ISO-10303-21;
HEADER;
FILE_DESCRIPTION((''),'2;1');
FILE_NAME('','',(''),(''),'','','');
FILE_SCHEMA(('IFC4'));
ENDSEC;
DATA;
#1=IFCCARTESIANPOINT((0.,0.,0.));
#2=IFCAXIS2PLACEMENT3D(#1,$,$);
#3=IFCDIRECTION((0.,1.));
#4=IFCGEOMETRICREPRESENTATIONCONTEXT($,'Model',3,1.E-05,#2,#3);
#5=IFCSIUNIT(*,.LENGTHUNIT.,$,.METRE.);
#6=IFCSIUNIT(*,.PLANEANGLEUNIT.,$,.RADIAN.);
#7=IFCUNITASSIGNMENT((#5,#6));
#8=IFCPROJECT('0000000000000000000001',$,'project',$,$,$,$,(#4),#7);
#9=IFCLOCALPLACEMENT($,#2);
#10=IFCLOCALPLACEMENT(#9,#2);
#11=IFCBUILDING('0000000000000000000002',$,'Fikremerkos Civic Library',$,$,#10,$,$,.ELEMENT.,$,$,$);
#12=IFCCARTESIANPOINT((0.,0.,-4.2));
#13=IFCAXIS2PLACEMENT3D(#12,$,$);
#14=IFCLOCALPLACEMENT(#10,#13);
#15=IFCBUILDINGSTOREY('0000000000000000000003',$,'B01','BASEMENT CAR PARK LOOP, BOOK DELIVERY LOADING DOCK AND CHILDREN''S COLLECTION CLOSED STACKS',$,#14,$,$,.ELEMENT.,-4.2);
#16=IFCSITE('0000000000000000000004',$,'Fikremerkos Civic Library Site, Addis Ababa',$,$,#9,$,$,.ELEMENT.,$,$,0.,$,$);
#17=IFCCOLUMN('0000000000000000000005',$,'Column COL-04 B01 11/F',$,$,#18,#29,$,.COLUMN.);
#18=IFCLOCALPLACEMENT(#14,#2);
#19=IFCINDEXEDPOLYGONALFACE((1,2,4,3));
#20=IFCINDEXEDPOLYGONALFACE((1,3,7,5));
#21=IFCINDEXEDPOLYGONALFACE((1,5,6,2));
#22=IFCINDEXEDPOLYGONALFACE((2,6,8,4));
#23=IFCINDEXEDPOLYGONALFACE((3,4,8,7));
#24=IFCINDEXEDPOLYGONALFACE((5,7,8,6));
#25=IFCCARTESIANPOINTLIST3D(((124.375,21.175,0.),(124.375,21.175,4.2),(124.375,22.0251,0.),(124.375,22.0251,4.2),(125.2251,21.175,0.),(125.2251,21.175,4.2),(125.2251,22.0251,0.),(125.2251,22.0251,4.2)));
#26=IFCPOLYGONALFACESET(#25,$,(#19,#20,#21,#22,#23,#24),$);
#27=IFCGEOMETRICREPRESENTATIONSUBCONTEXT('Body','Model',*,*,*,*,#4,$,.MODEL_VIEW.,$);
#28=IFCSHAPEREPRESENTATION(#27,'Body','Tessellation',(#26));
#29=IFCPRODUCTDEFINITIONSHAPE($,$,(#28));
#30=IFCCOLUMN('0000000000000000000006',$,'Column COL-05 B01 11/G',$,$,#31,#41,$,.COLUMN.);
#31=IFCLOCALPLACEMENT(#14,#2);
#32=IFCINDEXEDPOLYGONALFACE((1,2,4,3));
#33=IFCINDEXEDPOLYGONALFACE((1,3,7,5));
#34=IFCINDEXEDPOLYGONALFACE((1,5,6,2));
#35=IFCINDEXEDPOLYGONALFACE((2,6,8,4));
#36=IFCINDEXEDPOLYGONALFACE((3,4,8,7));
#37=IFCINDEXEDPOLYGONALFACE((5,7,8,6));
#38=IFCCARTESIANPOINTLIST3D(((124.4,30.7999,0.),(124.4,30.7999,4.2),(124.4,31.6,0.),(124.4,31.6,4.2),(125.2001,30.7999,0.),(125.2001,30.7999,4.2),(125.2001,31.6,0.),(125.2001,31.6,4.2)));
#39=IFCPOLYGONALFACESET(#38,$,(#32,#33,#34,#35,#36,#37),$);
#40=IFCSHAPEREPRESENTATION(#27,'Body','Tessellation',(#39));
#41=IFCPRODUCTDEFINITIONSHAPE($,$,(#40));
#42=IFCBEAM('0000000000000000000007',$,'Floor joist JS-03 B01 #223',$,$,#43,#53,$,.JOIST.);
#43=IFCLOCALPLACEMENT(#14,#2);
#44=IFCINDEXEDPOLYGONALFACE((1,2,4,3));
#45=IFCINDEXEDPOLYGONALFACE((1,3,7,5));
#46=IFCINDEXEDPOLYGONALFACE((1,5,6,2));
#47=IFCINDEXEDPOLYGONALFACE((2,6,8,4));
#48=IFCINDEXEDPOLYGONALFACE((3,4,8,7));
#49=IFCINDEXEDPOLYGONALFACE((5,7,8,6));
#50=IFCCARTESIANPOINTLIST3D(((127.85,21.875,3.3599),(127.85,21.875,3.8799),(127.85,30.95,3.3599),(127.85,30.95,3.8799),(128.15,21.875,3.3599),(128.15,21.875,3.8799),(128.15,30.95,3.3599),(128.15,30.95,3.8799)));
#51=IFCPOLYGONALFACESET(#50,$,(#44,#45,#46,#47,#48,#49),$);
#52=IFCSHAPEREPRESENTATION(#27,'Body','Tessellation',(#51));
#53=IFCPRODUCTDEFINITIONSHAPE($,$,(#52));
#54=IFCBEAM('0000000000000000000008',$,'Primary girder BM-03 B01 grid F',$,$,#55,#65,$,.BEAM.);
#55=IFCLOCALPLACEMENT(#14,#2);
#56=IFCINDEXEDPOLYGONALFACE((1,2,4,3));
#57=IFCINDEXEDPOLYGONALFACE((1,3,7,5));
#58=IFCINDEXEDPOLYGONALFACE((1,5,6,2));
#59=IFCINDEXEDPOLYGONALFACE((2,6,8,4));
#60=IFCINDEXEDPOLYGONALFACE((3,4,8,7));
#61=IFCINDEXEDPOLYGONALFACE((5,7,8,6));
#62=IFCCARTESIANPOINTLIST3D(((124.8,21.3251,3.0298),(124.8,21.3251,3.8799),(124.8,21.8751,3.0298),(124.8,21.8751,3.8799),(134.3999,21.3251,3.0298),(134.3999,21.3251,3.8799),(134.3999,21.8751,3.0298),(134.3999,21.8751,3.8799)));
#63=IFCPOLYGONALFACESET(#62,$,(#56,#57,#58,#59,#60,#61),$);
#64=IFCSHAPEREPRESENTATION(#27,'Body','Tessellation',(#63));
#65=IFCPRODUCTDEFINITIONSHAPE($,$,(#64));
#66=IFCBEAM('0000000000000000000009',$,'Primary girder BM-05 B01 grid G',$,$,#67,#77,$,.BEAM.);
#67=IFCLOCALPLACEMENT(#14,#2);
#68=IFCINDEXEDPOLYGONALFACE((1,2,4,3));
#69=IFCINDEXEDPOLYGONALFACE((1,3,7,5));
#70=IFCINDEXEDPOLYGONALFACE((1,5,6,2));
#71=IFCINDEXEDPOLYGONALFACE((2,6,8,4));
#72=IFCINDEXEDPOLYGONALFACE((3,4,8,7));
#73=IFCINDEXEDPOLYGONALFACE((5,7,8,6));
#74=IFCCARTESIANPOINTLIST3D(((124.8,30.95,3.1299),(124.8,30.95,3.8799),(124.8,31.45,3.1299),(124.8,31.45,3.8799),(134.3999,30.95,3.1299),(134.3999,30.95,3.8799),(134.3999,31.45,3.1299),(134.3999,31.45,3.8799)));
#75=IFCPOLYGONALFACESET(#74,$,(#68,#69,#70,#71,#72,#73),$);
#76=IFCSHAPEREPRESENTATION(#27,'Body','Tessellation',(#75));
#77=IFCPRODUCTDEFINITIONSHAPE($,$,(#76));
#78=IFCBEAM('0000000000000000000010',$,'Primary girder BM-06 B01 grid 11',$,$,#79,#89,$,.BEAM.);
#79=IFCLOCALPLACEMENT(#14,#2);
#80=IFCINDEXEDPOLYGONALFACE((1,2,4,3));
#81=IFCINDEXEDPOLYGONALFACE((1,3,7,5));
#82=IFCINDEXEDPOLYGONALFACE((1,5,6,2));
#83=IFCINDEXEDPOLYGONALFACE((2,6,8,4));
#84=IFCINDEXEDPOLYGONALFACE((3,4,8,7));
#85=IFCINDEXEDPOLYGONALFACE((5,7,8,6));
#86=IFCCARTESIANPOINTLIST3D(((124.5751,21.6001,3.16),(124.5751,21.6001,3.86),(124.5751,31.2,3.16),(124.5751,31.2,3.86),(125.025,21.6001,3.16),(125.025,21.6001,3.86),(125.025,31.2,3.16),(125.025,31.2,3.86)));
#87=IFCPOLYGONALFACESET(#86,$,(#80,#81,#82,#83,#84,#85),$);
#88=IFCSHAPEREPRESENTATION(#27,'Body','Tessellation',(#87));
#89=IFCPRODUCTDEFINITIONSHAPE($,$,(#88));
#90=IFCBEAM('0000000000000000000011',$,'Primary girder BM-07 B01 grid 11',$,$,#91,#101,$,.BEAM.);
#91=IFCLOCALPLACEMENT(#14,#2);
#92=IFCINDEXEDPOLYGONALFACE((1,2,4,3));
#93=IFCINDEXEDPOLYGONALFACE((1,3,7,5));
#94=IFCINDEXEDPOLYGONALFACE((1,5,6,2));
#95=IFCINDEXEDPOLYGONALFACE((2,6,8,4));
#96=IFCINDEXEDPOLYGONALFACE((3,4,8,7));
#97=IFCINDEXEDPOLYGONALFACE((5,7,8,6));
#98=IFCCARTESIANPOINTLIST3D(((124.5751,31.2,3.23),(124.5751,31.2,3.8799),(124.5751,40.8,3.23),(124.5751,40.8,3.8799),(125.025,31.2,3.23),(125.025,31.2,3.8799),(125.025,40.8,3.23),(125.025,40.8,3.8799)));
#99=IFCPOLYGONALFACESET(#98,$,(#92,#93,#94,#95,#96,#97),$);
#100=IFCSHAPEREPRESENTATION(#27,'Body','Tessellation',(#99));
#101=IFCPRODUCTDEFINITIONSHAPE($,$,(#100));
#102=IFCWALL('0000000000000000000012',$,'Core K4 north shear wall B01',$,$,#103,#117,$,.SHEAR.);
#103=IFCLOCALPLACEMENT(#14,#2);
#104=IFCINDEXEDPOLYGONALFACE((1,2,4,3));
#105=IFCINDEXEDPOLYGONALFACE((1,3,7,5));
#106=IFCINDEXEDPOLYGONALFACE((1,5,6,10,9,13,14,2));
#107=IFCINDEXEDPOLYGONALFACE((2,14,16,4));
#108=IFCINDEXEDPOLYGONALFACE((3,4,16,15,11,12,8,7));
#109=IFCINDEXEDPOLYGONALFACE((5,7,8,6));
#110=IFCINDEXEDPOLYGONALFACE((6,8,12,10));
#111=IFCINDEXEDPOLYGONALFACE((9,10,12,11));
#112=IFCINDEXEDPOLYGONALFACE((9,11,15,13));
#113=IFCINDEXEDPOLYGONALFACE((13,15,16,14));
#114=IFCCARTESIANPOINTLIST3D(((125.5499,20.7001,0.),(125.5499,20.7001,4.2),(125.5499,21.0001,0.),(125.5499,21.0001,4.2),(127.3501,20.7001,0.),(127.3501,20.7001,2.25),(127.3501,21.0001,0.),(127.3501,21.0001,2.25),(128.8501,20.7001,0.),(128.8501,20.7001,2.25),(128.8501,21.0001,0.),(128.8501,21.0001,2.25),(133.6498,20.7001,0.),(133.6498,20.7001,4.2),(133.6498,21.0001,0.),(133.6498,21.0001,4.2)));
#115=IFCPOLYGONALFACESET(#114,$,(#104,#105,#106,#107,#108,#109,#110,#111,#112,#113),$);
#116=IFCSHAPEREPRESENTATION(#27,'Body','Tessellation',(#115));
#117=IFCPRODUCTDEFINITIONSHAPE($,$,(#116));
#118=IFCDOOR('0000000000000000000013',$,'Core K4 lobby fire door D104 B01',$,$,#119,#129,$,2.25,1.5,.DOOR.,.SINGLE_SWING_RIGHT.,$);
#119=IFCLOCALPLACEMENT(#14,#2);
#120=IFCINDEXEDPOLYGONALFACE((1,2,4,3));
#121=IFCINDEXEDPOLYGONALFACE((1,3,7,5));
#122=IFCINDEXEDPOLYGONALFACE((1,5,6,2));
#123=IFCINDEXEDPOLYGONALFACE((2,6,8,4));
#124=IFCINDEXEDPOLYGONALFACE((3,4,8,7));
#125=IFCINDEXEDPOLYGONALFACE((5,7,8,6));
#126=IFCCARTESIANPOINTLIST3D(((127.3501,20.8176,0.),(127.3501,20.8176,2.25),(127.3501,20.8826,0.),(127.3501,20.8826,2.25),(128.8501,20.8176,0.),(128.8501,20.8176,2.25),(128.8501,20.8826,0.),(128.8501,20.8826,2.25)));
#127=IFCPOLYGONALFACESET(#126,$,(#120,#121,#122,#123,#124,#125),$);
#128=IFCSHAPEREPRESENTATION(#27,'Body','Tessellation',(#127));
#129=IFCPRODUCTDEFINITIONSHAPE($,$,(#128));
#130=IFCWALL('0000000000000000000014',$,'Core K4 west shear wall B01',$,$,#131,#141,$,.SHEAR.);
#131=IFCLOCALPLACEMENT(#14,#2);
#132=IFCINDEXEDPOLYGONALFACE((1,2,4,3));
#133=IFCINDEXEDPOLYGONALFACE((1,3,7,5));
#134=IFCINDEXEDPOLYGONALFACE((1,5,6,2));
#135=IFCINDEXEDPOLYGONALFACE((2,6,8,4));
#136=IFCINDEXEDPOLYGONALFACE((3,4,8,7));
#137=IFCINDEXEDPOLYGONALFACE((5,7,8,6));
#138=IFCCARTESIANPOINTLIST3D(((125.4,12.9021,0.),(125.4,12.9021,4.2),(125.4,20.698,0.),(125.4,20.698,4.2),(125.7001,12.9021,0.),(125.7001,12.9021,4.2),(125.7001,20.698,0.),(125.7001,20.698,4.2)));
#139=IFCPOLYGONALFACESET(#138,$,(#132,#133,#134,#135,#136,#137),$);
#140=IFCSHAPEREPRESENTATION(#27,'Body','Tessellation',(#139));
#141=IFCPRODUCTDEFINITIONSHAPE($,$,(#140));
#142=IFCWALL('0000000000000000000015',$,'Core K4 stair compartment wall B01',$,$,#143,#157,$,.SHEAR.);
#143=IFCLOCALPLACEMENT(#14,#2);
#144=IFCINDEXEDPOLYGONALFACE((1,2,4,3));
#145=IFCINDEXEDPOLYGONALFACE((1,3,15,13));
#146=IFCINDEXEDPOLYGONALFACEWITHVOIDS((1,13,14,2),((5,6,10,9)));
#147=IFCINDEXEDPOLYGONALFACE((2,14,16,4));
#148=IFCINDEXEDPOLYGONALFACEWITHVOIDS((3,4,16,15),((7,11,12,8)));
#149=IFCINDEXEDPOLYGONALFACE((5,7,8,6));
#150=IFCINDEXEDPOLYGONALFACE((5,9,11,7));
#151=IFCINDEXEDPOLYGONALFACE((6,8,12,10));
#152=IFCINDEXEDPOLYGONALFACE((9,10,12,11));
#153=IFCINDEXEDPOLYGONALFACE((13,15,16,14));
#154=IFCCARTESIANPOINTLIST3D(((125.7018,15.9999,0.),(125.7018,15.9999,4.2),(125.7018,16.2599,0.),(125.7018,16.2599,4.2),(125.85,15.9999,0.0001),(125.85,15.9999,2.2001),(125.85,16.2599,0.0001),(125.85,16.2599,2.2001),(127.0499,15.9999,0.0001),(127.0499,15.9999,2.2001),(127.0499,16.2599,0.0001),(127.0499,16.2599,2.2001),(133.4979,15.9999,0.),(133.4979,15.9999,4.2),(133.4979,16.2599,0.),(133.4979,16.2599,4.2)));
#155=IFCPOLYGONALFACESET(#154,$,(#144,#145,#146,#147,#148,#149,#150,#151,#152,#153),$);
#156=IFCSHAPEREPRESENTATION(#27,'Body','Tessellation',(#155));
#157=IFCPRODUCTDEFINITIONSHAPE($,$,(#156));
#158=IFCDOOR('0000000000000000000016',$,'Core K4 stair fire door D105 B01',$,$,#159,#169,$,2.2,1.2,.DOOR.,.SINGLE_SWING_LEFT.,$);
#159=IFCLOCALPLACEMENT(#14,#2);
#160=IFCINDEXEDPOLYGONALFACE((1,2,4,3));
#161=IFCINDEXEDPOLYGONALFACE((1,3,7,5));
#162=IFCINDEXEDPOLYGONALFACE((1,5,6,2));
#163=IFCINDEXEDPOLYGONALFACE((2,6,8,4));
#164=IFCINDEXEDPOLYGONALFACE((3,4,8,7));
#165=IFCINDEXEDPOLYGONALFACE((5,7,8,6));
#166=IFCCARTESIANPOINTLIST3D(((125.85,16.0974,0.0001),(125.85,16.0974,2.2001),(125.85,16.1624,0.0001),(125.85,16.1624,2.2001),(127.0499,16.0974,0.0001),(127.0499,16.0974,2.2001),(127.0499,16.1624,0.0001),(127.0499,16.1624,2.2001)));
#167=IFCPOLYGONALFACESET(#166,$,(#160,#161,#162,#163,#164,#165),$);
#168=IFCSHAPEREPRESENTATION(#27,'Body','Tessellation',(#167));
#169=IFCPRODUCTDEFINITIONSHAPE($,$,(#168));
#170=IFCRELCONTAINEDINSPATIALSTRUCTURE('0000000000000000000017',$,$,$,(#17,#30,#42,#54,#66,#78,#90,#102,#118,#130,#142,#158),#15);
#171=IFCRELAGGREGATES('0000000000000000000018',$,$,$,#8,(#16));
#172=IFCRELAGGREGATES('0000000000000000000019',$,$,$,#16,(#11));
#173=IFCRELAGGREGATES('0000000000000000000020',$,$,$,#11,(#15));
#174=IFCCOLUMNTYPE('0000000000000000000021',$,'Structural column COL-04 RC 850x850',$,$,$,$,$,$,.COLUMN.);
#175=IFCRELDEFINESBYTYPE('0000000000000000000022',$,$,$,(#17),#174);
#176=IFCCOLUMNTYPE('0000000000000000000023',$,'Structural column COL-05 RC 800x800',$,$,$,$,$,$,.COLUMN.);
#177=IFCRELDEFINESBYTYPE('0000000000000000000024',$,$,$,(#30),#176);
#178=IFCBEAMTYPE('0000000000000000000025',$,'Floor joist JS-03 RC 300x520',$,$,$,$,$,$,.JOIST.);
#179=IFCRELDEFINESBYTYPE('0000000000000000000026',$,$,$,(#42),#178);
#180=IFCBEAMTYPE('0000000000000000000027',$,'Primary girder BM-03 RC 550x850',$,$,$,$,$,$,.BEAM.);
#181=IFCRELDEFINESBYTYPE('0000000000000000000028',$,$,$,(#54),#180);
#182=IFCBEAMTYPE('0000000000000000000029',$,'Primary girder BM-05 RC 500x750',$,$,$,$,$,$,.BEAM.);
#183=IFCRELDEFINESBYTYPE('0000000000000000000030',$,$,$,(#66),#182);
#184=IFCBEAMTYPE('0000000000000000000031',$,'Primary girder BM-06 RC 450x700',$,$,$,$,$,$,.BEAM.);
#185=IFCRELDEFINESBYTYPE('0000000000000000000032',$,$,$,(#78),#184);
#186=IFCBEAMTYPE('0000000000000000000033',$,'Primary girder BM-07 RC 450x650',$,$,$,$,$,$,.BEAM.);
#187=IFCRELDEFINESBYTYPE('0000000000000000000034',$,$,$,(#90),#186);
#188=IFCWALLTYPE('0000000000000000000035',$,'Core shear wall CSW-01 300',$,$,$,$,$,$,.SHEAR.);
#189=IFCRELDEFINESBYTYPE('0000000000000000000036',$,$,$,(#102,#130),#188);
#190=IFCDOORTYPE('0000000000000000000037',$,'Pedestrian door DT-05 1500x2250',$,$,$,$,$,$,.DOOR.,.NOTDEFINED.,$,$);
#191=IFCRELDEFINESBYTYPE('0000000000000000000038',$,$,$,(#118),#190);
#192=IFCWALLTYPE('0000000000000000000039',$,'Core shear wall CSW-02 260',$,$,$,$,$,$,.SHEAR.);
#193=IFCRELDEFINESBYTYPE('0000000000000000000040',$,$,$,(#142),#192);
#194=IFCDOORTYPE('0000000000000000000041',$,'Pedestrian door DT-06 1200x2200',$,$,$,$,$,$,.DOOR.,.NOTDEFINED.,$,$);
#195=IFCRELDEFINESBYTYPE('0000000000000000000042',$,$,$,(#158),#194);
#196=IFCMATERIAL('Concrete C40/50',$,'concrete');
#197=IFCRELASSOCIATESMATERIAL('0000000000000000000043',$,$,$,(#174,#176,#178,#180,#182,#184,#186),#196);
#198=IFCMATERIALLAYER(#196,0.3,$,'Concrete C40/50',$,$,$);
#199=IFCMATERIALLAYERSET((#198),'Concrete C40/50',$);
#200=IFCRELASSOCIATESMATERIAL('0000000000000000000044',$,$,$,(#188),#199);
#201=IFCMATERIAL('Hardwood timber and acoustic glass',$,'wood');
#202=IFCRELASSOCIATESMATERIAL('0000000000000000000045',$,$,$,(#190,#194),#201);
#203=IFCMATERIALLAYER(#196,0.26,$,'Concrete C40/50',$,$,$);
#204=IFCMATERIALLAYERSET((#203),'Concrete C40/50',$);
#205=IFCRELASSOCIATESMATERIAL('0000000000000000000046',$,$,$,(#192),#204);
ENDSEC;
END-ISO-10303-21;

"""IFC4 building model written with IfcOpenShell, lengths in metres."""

from ifc_helpers import new_model, si_unit, direction, frame, frame_2d, origin, origin_2d, place, context, subcontext, project, spatial, rectangle, extrude, material, layer, layer_set, material_profile, profile_set, type_object, element, fill, save


model = new_model("IFC4")

# Units and contexts
model_context = context("Model", 3, precision=1e-05, world=origin(), true_north=direction((0.0, 1.0)))
body_context = subcontext(model_context, "Body", "Model", "MODEL_VIEW")
ifc_project = project(units=[si_unit("LENGTHUNIT", "METRE"), si_unit("PLANEANGLEUNIT", "RADIAN")], contexts=[model_context])

# Site, building, storey
site_placement = place(None, origin())
site = spatial("IfcSite", under=ifc_project, at=site_placement, Name="Fikremerkos Civic Library Site, Addis Ababa", CompositionType="ELEMENT", RefElevation=0.0)
building_placement = place(site_placement, origin())
building = spatial("IfcBuilding", under=site, at=building_placement, Name="Fikremerkos Civic Library", CompositionType="ELEMENT")
storey_placement = place(building_placement, frame((0.0, 0.0, -4.2)))
storey = spatial("IfcBuildingStorey", under=building, at=storey_placement, Name="B01", Description="BASEMENT CAR PARK LOOP, BOOK DELIVERY LOADING DOCK AND CHILDREN'S COLLECTION CLOSED STACKS", CompositionType="ELEMENT", Elevation=-4.2)

# Columns
ifc_material_1 = material(Name="Concrete C40/50", Category="concrete")
ifc_material_profile_1 = material_profile(ifc_material_1, rectangle(XDim=0.8501, YDim=0.8501, at=origin_2d()), Name="RC 850x850")
ifc_profile_set_1 = profile_set([ifc_material_profile_1], Name="Concrete C40/50")
column_type_1 = type_object("IfcColumnType", Name="Structural column COL-04 RC 850x850", PredefinedType="COLUMN", material=ifc_profile_set_1)
column_1_placement = place(storey_placement, frame((124.8, 21.6001, 0.0), z_axis=(0.0, 0.0, 1.0), x_axis=(1.0, 0.0, 0.0)))
element("IfcColumn", 1, at=column_1_placement, inside=storey, type_object=column_type_1, Name="Column COL-04 B01 11/F", PredefinedType="COLUMN", context=body_context, shape_type="SweptSolid", body=[
    extrude(rectangle(XDim=0.8501, YDim=0.8501, at=origin_2d()), origin(), (0.0, 0.0, 1.0), 4.2),
])
ifc_material_profile_2 = material_profile(ifc_material_1, rectangle(XDim=0.8, YDim=0.8, at=origin_2d()), Name="RC 800x800")
ifc_profile_set_2 = profile_set([ifc_material_profile_2], Name="Concrete C40/50")
column_type_2 = type_object("IfcColumnType", Name="Structural column COL-05 RC 800x800", PredefinedType="COLUMN", material=ifc_profile_set_2)
column_2_placement = place(storey_placement, frame((124.8, 31.2, 0.0), z_axis=(0.0, 0.0, 1.0), x_axis=(1.0, 0.0, 0.0)))
element("IfcColumn", 2, at=column_2_placement, inside=storey, type_object=column_type_2, Name="Column COL-05 B01 11/G", PredefinedType="COLUMN", context=body_context, shape_type="SweptSolid", body=[
    extrude(rectangle(XDim=0.8, YDim=0.8, at=origin_2d()), origin(), (0.0, 0.0, 1.0), 4.2),
])

# Beams
ifc_material_profile_3 = material_profile(ifc_material_1, rectangle(XDim=0.3, YDim=0.52, at=origin_2d()), Name="RC 300x520")
ifc_profile_set_3 = profile_set([ifc_material_profile_3], Name="Concrete C40/50")
beam_type_1 = type_object("IfcBeamType", Name="Floor joist JS-03 RC 300x520", PredefinedType="JOIST", material=ifc_profile_set_3)
beam_1_placement = place(storey_placement, frame((128.0, 21.875, 3.6199), z_axis=(0.0, 1.0, 0.0), x_axis=(-1.0, 0.0, 0.0)))
element("IfcBeam", 3, at=beam_1_placement, inside=storey, type_object=beam_type_1, Name="Floor joist JS-03 B01 #223", PredefinedType="JOIST", context=body_context, shape_type="SweptSolid", body=[
    extrude(rectangle(XDim=0.3, YDim=0.52, at=origin_2d()), origin(), (0.0, 0.0, 1.0), 9.075),
])
ifc_material_profile_4 = material_profile(ifc_material_1, rectangle(XDim=0.55, YDim=0.8501, at=origin_2d()), Name="RC 550x850")
ifc_profile_set_4 = profile_set([ifc_material_profile_4], Name="Concrete C40/50")
beam_type_2 = type_object("IfcBeamType", Name="Primary girder BM-03 RC 550x850", PredefinedType="BEAM", material=ifc_profile_set_4)
beam_2_placement = place(storey_placement, frame((124.8, 21.6001, 3.4548), z_axis=(1.0, 0.0, 0.0), x_axis=(0.0, 1.0, 0.0)))
element("IfcBeam", 4, at=beam_2_placement, inside=storey, type_object=beam_type_2, Name="Primary girder BM-03 B01 grid F", PredefinedType="BEAM", context=body_context, shape_type="SweptSolid", body=[
    extrude(rectangle(XDim=0.55, YDim=0.8501, at=origin_2d()), origin(), (0.0, 0.0, 1.0), 9.5999),
])
ifc_material_profile_5 = material_profile(ifc_material_1, rectangle(XDim=0.5, YDim=0.75, at=origin_2d()), Name="RC 500x750")
ifc_profile_set_5 = profile_set([ifc_material_profile_5], Name="Concrete C40/50")
beam_type_3 = type_object("IfcBeamType", Name="Primary girder BM-05 RC 500x750", PredefinedType="BEAM", material=ifc_profile_set_5)
beam_3_placement = place(storey_placement, frame((124.8, 31.2, 3.5049), z_axis=(1.0, 0.0, 0.0), x_axis=(0.0, 1.0, 0.0)))
element("IfcBeam", 5, at=beam_3_placement, inside=storey, type_object=beam_type_3, Name="Primary girder BM-05 B01 grid G", PredefinedType="BEAM", context=body_context, shape_type="SweptSolid", body=[
    extrude(rectangle(XDim=0.5, YDim=0.75, at=origin_2d()), origin(), (0.0, 0.0, 1.0), 9.5999),
])
ifc_material_profile_6 = material_profile(ifc_material_1, rectangle(XDim=0.45, YDim=0.7, at=origin_2d()), Name="RC 450x700")
ifc_profile_set_6 = profile_set([ifc_material_profile_6], Name="Concrete C40/50")
beam_type_4 = type_object("IfcBeamType", Name="Primary girder BM-06 RC 450x700", PredefinedType="BEAM", material=ifc_profile_set_6)
beam_4_placement = place(storey_placement, frame((124.8, 21.6001, 3.51), z_axis=(0.0, 1.0, 0.0), x_axis=(-1.0, 0.0, 0.0)))
element("IfcBeam", 6, at=beam_4_placement, inside=storey, type_object=beam_type_4, Name="Primary girder BM-06 B01 grid 11", PredefinedType="BEAM", context=body_context, shape_type="SweptSolid", body=[
    extrude(rectangle(XDim=0.45, YDim=0.7, at=origin_2d()), origin(), (0.0, 0.0, 1.0), 9.5999),
])
ifc_material_profile_7 = material_profile(ifc_material_1, rectangle(XDim=0.45, YDim=0.6499, at=origin_2d()), Name="RC 450x650")
ifc_profile_set_7 = profile_set([ifc_material_profile_7], Name="Concrete C40/50")
beam_type_5 = type_object("IfcBeamType", Name="Primary girder BM-07 RC 450x650", PredefinedType="BEAM", material=ifc_profile_set_7)
beam_5_placement = place(storey_placement, frame((124.8, 31.2, 3.5549), z_axis=(0.0, 1.0, 0.0), x_axis=(-1.0, 0.0, 0.0)))
element("IfcBeam", 7, at=beam_5_placement, inside=storey, type_object=beam_type_5, Name="Primary girder BM-07 B01 grid 11", PredefinedType="BEAM", context=body_context, shape_type="SweptSolid", body=[
    extrude(rectangle(XDim=0.45, YDim=0.6499, at=origin_2d()), origin(), (0.0, 0.0, 1.0), 9.6001),
])

# Wall, opening, door
ifc_layer_1 = layer(ifc_material_1, 0.3, Name="Concrete C40/50")
ifc_layer_set_1 = layer_set([ifc_layer_1], Name="Concrete C40/50")
wall_type_1 = type_object("IfcWallType", Name="Core shear wall CSW-01 300", PredefinedType="SHEAR", material=ifc_layer_set_1)
wall_1_placement = place(storey_placement, frame((125.55, 20.8501, 0.0), z_axis=(0.0, 0.0, 1.0), x_axis=(1.0, 0.0, 0.0)))
wall_1 = element("IfcWall", 8, at=wall_1_placement, inside=storey, type_object=wall_type_1, Name="Core K4 north shear wall B01", PredefinedType="SHEAR", context=body_context, shape_type="SweptSolid", body=[
    extrude(rectangle(XDim=8.0999, YDim=0.3, at=frame_2d((4.0498, 0.0))), origin(), (0.0, 0.0, 1.0), 4.2),
])
opening_1_placement = place(wall_1_placement, frame((1.8, 0.0, 0.0)))
opening_1 = element("IfcOpeningElement", 9, at=opening_1_placement, cuts=wall_1, PredefinedType="OPENING", context=body_context, shape_type="SweptSolid", body=[
    extrude(rectangle(XDim=1.5, YDim=2.25, at=frame_2d((0.75, 1.125))), frame((0.0, 0.1599, 0.0), z_axis=(0.0, -1.0, 0.0), x_axis=(1.0, 0.0, 0.0)), (0.0, 0.0, 1.0), 0.3201),
])
ifc_material_2 = material(Name="Hardwood timber and acoustic glass", Category="wood")
door_type_1 = type_object("IfcDoorType", Name="Pedestrian door DT-05 1500x2250", OperationType="NOTDEFINED", PredefinedType="DOOR", material=ifc_material_2)
door_1_placement = place(opening_1_placement, origin())
door_1 = element("IfcDoor", 10, at=door_1_placement, inside=storey, type_object=door_type_1, Name="Core K4 lobby fire door D104 B01", OperationType="SINGLE_SWING_RIGHT", OverallHeight=2.25, OverallWidth=1.5, PredefinedType="DOOR", context=body_context, shape_type="SweptSolid", body=[
    extrude(rectangle(XDim=1.5, YDim=2.25, at=frame_2d((0.75, 1.125))), frame((0.0, 0.0325, 0.0), z_axis=(0.0, -1.0, 0.0), x_axis=(1.0, 0.0, 0.0)), (0.0, 0.0, 1.0), 0.0649),
])
fill(opening_1, door_1)

# Wall
wall_2_placement = place(storey_placement, frame((125.55, 12.9021, 0.0), z_axis=(0.0, 0.0, 1.0), x_axis=(0.0, 1.0, 0.0)))
element("IfcWall", 11, at=wall_2_placement, inside=storey, type_object=wall_type_1, Name="Core K4 west shear wall B01", PredefinedType="SHEAR", context=body_context, shape_type="SweptSolid", body=[
    extrude(rectangle(XDim=7.7959, YDim=0.3, at=frame_2d((3.8979, 0.0))), origin(), (0.0, 0.0, 1.0), 4.2),
])

# Wall, opening, door
ifc_layer_2 = layer(ifc_material_1, 0.26, Name="Concrete C40/50")
ifc_layer_set_2 = layer_set([ifc_layer_2], Name="Concrete C40/50")
wall_type_2 = type_object("IfcWallType", Name="Core shear wall CSW-02 260", PredefinedType="SHEAR", material=ifc_layer_set_2)
wall_3_placement = place(storey_placement, frame((125.7019, 16.1299, 0.0), z_axis=(0.0, 0.0, 1.0), x_axis=(1.0, 0.0, 0.0)))
wall_3 = element("IfcWall", 12, at=wall_3_placement, inside=storey, type_object=wall_type_2, Name="Core K4 stair compartment wall B01", PredefinedType="SHEAR", context=body_context, shape_type="SweptSolid", body=[
    extrude(rectangle(XDim=7.7961, YDim=0.26, at=frame_2d((3.8979, 0.0))), origin(), (0.0, 0.0, 1.0), 4.2),
])
opening_2_placement = place(wall_3_placement, frame((0.1479, 0.0, 0.0)))
opening_2 = element("IfcOpeningElement", 13, at=opening_2_placement, cuts=wall_3, PredefinedType="OPENING", context=body_context, shape_type="SweptSolid", body=[
    extrude(rectangle(XDim=1.2, YDim=2.2, at=frame_2d((0.6001, 1.1001))), frame((0.0, 0.1399, 0.0), z_axis=(0.0, -1.0, 0.0), x_axis=(1.0, 0.0, 0.0)), (0.0, 0.0, 1.0), 0.28),
])
door_type_2 = type_object("IfcDoorType", Name="Pedestrian door DT-06 1200x2200", OperationType="NOTDEFINED", PredefinedType="DOOR", material=ifc_material_2)
door_2_placement = place(opening_2_placement, origin())
door_2 = element("IfcDoor", 14, at=door_2_placement, inside=storey, type_object=door_type_2, Name="Core K4 stair fire door D105 B01", OperationType="SINGLE_SWING_LEFT", OverallHeight=2.2, OverallWidth=1.2, PredefinedType="DOOR", context=body_context, shape_type="SweptSolid", body=[
    extrude(rectangle(XDim=1.2, YDim=2.2, at=frame_2d((0.6001, 1.1001))), frame((0.0, 0.0325, 0.0), z_axis=(0.0, -1.0, 0.0), x_axis=(1.0, 0.0, 0.0)), (0.0, 0.0, 1.0), 0.0649),
])
fill(opening_2, door_2)

save(model, "model.ifc")
